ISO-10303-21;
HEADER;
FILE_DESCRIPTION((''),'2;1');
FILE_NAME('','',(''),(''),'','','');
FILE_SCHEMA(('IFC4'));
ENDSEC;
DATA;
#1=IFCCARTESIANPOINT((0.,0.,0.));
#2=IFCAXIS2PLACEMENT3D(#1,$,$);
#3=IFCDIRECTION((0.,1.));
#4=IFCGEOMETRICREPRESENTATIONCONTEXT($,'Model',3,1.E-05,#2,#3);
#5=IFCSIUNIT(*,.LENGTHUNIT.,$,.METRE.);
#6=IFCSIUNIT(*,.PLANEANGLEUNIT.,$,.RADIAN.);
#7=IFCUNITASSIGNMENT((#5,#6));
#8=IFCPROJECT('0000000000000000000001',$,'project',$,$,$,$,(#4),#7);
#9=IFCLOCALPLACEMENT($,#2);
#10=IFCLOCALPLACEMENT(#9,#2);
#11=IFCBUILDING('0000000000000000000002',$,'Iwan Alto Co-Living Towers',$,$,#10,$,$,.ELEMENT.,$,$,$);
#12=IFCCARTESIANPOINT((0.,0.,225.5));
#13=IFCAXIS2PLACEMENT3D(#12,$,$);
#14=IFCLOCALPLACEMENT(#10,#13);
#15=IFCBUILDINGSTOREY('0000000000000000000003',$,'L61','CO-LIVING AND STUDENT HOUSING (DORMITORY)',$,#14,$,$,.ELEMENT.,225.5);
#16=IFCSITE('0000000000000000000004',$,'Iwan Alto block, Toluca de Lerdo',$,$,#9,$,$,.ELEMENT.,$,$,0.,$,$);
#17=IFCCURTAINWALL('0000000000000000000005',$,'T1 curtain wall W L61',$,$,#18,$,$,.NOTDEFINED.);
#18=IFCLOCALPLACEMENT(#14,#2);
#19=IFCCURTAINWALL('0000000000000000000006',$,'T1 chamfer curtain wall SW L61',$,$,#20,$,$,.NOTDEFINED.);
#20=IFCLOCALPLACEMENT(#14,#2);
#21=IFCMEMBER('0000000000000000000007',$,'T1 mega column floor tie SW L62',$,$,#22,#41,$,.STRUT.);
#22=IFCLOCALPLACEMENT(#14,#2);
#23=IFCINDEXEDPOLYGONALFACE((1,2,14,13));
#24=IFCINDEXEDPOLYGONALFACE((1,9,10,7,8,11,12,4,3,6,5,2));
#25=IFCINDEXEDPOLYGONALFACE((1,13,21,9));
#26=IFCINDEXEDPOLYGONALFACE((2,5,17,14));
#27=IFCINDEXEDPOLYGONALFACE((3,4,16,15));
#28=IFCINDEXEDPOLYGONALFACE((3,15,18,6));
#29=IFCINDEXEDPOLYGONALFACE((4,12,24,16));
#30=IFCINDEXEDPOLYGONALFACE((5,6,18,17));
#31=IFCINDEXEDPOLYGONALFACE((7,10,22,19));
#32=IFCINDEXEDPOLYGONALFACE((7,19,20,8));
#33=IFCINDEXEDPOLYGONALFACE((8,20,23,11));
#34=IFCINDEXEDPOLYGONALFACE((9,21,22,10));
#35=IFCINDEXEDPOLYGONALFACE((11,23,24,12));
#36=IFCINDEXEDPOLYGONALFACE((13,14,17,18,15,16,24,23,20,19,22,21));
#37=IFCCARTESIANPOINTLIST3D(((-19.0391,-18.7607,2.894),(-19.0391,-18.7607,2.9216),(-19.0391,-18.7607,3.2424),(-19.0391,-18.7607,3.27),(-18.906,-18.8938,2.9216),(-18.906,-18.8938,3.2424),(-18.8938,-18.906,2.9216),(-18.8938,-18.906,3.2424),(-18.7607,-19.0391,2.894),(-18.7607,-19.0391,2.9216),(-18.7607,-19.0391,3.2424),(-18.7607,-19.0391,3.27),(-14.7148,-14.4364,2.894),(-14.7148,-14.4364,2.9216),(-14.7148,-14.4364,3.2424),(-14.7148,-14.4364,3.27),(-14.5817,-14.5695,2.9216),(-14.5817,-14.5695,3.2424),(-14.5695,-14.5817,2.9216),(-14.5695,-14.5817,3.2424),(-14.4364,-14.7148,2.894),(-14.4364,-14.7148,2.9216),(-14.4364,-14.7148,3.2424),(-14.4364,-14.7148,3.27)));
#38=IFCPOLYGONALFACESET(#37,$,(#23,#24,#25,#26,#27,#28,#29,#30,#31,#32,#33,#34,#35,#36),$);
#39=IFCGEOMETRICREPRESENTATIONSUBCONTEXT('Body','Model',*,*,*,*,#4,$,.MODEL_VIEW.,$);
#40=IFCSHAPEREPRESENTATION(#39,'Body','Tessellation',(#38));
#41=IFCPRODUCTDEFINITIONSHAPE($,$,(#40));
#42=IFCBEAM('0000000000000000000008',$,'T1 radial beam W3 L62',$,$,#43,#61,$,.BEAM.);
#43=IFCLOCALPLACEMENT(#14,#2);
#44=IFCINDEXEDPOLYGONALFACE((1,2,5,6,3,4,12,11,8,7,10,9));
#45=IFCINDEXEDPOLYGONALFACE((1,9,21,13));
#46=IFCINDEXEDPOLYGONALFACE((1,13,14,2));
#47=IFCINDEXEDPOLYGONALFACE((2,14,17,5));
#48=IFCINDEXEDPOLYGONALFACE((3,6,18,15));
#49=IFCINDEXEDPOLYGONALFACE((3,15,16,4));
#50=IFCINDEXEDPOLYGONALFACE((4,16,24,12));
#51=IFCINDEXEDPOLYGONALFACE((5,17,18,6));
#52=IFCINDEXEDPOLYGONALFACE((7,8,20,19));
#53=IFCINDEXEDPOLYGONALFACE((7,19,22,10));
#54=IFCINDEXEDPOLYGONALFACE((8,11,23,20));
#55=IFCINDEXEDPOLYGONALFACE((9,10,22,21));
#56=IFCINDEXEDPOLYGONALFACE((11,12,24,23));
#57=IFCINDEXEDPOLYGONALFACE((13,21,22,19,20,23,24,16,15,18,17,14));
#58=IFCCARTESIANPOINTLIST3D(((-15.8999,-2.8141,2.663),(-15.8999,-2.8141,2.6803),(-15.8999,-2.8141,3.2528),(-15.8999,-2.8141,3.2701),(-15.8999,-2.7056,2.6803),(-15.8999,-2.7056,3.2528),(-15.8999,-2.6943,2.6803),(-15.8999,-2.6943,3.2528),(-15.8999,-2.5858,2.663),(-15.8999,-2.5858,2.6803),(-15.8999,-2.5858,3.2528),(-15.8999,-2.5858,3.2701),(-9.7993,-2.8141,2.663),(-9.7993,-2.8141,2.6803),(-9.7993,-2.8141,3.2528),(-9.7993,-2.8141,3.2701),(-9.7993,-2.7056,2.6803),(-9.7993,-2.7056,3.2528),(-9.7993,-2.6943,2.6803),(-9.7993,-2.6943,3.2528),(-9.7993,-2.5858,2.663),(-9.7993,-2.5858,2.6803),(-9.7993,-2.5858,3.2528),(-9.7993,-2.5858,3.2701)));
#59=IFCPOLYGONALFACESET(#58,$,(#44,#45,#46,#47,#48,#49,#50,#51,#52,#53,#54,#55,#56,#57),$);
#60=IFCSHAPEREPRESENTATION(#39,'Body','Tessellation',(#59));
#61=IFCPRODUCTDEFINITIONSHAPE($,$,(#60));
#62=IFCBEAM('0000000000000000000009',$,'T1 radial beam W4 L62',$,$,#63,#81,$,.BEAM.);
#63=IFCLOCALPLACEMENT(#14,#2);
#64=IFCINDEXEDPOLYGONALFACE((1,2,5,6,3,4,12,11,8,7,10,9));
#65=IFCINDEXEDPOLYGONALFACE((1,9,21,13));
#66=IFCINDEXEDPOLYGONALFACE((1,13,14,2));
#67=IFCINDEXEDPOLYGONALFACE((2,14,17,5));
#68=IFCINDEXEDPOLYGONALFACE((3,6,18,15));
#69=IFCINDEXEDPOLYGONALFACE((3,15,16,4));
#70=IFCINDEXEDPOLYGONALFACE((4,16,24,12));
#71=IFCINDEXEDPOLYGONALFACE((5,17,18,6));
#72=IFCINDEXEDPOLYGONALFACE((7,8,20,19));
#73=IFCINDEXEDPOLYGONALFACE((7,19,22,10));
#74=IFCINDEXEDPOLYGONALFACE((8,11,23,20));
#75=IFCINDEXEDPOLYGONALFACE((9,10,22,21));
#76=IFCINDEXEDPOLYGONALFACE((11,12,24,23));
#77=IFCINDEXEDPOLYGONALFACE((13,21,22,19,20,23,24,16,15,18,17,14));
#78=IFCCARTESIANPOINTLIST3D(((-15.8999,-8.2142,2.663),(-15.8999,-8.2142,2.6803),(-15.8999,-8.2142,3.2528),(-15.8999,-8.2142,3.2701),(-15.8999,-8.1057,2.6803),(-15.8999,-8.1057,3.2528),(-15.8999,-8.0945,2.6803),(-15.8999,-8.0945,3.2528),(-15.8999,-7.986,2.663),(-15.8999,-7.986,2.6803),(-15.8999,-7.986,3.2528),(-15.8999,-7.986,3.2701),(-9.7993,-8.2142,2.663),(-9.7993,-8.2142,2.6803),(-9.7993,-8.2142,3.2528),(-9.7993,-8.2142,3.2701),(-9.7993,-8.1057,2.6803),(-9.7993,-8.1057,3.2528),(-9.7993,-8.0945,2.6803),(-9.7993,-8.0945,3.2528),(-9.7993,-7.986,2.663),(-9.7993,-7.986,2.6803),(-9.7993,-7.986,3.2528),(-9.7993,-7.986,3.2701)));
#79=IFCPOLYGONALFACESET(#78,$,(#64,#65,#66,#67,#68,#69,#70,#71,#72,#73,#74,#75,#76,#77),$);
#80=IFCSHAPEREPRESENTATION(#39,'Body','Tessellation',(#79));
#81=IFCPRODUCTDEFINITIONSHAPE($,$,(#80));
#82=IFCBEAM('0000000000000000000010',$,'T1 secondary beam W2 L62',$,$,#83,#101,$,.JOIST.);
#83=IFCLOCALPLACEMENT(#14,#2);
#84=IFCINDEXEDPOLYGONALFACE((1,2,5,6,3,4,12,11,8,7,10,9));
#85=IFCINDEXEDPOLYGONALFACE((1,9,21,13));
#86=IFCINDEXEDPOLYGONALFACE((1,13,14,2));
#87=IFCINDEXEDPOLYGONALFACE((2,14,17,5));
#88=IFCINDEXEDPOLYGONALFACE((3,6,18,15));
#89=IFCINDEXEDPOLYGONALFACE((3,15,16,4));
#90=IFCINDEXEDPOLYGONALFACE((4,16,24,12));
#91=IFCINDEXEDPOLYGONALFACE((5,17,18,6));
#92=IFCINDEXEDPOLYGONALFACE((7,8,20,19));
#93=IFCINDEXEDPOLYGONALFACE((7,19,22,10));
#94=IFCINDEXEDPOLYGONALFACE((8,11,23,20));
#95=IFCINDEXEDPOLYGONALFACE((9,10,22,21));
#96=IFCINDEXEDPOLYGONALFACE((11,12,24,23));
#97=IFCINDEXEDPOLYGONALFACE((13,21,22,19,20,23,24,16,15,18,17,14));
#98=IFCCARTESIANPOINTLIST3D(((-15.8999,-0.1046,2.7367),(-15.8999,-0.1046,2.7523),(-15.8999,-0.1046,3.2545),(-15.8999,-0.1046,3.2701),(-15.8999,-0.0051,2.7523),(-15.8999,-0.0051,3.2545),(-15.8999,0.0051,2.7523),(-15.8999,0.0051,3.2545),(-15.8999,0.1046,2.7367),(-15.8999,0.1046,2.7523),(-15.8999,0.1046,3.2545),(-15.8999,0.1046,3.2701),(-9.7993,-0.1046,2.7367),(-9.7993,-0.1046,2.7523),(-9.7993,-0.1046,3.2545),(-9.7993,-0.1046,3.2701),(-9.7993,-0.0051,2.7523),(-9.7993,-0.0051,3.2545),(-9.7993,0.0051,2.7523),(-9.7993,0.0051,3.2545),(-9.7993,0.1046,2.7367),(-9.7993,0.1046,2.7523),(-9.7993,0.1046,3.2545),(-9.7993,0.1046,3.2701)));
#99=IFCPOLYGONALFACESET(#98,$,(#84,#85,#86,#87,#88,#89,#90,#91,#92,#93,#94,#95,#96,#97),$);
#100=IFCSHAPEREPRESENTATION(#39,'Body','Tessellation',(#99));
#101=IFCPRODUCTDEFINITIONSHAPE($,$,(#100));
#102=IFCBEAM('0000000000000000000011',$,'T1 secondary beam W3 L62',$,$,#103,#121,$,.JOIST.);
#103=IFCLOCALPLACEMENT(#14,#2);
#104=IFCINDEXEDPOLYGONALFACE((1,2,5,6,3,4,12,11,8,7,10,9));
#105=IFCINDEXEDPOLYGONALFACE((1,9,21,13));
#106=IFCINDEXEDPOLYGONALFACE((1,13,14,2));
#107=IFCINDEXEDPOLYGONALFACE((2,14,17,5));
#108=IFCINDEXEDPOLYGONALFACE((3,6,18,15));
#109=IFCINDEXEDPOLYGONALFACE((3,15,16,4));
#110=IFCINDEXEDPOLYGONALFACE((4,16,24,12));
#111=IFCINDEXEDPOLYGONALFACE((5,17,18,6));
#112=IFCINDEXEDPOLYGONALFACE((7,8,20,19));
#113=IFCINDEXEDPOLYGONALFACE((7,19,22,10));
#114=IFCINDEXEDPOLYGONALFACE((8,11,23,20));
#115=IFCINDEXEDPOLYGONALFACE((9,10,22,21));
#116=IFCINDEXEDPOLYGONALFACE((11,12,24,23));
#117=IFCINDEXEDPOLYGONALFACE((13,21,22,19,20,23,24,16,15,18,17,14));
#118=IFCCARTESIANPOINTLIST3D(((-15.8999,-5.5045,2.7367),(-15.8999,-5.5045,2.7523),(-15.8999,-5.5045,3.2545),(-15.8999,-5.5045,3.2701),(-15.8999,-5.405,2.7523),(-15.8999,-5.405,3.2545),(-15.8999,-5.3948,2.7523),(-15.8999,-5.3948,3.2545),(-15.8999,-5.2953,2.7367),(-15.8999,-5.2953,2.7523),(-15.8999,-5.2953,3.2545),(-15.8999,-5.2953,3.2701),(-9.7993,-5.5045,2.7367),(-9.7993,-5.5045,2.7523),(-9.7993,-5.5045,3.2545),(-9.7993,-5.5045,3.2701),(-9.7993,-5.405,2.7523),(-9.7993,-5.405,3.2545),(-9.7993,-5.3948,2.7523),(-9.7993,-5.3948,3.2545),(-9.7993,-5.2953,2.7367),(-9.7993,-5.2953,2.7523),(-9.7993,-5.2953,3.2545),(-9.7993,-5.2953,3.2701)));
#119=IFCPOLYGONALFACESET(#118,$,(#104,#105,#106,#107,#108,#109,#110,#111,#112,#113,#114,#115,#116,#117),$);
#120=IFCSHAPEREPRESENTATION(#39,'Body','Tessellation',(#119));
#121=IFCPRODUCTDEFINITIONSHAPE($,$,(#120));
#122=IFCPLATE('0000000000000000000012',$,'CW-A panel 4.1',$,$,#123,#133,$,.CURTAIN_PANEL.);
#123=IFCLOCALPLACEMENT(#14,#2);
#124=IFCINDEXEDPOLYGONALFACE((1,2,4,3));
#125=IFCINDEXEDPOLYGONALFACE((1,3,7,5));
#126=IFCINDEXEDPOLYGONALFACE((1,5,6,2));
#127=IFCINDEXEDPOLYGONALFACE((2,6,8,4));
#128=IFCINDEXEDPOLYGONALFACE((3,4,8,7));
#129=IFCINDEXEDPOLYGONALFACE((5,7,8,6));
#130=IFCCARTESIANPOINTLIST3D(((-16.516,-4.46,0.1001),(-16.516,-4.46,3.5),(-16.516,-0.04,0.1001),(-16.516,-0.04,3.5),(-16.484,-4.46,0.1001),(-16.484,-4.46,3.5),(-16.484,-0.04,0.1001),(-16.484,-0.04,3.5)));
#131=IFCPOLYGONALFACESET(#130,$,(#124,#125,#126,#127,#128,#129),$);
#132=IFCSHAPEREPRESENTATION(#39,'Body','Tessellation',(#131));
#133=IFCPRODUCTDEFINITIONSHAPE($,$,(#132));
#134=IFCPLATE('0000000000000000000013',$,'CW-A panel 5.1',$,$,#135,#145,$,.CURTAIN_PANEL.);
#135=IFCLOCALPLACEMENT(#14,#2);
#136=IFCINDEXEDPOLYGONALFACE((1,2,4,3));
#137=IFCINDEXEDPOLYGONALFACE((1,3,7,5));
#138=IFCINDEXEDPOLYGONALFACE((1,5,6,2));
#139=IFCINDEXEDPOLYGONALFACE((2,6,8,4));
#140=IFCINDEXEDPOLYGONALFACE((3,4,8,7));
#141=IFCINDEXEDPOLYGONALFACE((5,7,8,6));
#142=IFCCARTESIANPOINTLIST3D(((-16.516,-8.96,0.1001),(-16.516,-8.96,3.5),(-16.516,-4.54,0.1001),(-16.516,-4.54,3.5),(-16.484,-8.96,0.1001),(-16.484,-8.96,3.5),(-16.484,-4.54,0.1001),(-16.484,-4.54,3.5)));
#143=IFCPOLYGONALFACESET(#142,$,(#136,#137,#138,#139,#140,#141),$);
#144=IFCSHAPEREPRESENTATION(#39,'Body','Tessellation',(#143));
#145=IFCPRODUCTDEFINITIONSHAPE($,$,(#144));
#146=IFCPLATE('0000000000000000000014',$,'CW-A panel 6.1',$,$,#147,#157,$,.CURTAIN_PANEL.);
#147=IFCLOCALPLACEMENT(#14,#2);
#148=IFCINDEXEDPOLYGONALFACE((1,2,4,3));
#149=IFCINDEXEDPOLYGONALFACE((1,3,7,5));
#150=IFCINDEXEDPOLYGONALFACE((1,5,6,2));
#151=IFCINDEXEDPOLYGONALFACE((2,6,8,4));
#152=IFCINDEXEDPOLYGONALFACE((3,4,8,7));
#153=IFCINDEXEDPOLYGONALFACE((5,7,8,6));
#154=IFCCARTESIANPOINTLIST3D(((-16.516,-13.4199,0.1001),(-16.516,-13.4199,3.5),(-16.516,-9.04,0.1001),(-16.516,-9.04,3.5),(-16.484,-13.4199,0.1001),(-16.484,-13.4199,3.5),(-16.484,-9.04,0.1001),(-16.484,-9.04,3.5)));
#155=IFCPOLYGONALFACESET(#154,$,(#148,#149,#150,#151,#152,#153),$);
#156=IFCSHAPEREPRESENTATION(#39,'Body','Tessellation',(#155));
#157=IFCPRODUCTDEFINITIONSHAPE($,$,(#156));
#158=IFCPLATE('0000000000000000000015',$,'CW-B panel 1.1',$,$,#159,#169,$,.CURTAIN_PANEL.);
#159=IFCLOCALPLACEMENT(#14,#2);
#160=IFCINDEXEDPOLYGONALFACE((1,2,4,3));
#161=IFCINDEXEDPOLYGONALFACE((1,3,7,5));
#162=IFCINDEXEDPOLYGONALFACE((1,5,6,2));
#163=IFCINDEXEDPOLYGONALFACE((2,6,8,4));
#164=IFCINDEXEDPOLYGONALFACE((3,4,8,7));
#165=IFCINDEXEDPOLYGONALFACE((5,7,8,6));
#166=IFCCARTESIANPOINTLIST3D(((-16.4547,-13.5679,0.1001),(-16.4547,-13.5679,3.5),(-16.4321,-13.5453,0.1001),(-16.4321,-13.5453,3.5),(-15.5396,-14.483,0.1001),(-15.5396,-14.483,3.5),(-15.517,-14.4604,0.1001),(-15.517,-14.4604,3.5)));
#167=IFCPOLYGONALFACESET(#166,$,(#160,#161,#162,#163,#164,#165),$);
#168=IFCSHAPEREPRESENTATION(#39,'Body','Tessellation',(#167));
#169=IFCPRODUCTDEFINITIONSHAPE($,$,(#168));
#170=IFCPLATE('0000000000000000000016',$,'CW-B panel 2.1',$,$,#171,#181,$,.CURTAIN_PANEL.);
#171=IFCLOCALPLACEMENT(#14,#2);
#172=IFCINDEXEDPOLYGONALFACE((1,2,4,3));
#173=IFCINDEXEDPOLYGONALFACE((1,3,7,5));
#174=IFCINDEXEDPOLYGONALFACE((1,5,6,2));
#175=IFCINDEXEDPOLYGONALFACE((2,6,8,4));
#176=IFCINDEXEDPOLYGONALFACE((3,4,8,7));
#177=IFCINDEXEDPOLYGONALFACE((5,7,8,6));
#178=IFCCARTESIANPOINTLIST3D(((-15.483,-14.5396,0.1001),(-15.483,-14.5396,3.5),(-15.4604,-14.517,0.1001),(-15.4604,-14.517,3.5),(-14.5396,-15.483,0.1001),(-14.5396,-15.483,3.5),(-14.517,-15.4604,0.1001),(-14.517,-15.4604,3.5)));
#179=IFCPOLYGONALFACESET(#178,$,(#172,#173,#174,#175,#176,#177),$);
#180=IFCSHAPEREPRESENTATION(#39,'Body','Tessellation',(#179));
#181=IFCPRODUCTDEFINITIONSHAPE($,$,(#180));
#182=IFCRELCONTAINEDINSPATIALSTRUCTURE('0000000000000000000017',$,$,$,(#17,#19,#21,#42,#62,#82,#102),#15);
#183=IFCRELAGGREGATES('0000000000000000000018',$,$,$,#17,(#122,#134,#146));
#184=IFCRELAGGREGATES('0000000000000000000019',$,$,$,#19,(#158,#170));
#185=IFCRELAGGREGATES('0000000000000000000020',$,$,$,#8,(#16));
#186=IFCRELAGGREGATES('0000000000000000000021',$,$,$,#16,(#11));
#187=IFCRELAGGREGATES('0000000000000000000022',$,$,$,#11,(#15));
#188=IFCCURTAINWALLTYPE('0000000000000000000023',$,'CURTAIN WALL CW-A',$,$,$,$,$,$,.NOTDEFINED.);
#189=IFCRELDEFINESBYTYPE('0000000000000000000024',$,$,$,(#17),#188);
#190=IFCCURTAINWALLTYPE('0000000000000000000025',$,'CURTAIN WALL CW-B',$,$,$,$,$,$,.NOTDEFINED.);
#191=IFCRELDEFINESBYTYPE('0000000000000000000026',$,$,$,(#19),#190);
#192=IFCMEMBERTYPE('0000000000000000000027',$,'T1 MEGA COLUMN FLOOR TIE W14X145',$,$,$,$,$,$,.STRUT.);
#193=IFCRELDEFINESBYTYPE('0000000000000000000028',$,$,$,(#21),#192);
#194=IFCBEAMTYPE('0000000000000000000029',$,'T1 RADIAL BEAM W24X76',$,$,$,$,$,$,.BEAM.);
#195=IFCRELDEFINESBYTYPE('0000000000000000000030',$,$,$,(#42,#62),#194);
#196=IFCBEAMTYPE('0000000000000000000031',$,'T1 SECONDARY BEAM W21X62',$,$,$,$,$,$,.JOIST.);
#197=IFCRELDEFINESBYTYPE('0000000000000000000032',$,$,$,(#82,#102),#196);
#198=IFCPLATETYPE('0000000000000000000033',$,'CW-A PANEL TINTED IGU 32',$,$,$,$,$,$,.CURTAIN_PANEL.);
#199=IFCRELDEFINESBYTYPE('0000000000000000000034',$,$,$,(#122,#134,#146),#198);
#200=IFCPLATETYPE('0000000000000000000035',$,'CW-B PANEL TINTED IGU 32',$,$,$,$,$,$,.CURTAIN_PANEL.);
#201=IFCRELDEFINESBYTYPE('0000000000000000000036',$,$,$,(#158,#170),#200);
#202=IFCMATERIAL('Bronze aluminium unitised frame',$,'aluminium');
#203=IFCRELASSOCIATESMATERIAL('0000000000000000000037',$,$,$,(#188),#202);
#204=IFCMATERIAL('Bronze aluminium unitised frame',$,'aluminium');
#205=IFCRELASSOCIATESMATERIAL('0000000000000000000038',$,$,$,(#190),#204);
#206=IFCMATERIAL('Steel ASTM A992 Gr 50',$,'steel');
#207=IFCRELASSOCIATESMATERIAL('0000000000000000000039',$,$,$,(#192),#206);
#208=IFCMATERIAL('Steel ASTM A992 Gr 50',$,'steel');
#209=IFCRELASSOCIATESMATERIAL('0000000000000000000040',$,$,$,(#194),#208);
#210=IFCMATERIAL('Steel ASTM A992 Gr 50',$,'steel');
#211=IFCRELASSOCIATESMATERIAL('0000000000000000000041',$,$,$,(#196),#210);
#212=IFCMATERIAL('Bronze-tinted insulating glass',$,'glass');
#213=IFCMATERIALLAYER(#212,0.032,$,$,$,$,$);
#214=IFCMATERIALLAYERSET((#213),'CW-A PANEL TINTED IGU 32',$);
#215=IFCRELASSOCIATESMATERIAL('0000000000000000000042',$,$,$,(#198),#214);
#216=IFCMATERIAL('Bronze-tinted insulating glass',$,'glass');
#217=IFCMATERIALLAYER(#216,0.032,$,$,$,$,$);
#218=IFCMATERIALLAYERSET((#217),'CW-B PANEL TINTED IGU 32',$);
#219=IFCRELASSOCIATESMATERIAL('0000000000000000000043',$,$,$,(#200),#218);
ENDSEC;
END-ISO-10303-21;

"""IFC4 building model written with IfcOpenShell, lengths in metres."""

from ifc_helpers import new_model, si_unit, direction, frame, origin, origin_2d, place, context, subcontext, project, spatial, rectangle, i_section, extrude, material, layer, layer_set, material_profile, profile_set, type_object, element, aggregate, save


model = new_model("IFC4")

# Units and contexts
model_context = context("Model", 3, precision=1e-05, world=origin(), true_north=direction((0.0, 1.0)))
body_context = subcontext(model_context, "Body", "Model", "MODEL_VIEW")
ifc_project = project(units=[si_unit("LENGTHUNIT", "METRE"), si_unit("PLANEANGLEUNIT", "RADIAN")], contexts=[model_context])

# Site, building, storey
site_placement = place(None, origin())
site = spatial("IfcSite", under=ifc_project, at=site_placement, Name="Iwan Alto block, Toluca de Lerdo", CompositionType="ELEMENT", RefElevation=0.0)
building_placement = place(site_placement, origin())
building = spatial("IfcBuilding", under=site, at=building_placement, Name="Iwan Alto Co-Living Towers", CompositionType="ELEMENT")
storey_placement = place(building_placement, frame((0.0, 0.0, 225.5)))
storey = spatial("IfcBuildingStorey", under=building, at=storey_placement, Name="L61", Description="CO-LIVING AND STUDENT HOUSING (DORMITORY)", CompositionType="ELEMENT", Elevation=225.5)

# Curtain walls
ifc_material_1 = material(Name="Bronze aluminium unitised frame", Category="aluminium")
curtain_wall_type_1 = type_object("IfcCurtainWallType", Name="CURTAIN WALL CW-A", PredefinedType="NOTDEFINED", material=ifc_material_1)
curtain_wall_1_placement = place(storey_placement, origin())
curtain_wall_1 = element("IfcCurtainWall", 1, at=curtain_wall_1_placement, inside=storey, type_object=curtain_wall_type_1, Name="T1 curtain wall W L61", PredefinedType="NOTDEFINED")
ifc_material_2 = material(Name="Bronze aluminium unitised frame", Category="aluminium")
curtain_wall_type_2 = type_object("IfcCurtainWallType", Name="CURTAIN WALL CW-B", PredefinedType="NOTDEFINED", material=ifc_material_2)
curtain_wall_2_placement = place(storey_placement, origin())
curtain_wall_2 = element("IfcCurtainWall", 2, at=curtain_wall_2_placement, inside=storey, type_object=curtain_wall_type_2, Name="T1 chamfer curtain wall SW L61", PredefinedType="NOTDEFINED")

# Member
ifc_material_3 = material(Name="Steel ASTM A992 Gr 50", Category="steel")
ifc_material_profile_1 = material_profile(ifc_material_3, i_section(OverallWidth=0.3938, OverallDepth=0.376, WebThickness=0.0173, FlangeThickness=0.0276, at=origin_2d()), Name="W14X145")
ifc_profile_set_1 = profile_set([ifc_material_profile_1], Name="Steel ASTM A992 Gr 50")
member_type_1 = type_object("IfcMemberType", Name="T1 MEGA COLUMN FLOOR TIE W14X145", PredefinedType="STRUT", material=ifc_profile_set_1)
member_1_placement = place(storey_placement, frame((-18.8999, -18.8999, 3.082), z_axis=(0.707107, 0.707107, 0.0), x_axis=(-0.707107, 0.707107, 0.0)))
element("IfcMember", 3, at=member_1_placement, inside=storey, type_object=member_type_1, Name="T1 mega column floor tie SW L62", PredefinedType="STRUT", context=body_context, shape_type="SweptSolid", body=[
    extrude(i_section(OverallWidth=0.3938, OverallDepth=0.376, WebThickness=0.0173, FlangeThickness=0.0276, at=origin_2d()), origin(), (0.0, 0.0, 1.0), 6.1155),
])

# Beams
ifc_material_4 = material(Name="Steel ASTM A992 Gr 50", Category="steel")
ifc_material_profile_2 = material_profile(ifc_material_4, i_section(OverallWidth=0.2283, OverallDepth=0.6072, WebThickness=0.0112, FlangeThickness=0.0173, at=origin_2d()), Name="W24X76")
ifc_profile_set_2 = profile_set([ifc_material_profile_2], Name="Steel ASTM A992 Gr 50")
beam_type_1 = type_object("IfcBeamType", Name="T1 RADIAL BEAM W24X76", PredefinedType="BEAM", material=ifc_profile_set_2)
for number, where, z_axis, x_axis, name in (
    (4, (-15.8999, -2.7, 2.9666), (1.0, 0.0, 0.0), (0.0, 1.0, 0.0), "T1 radial beam W3 L62"),
    (5, (-15.8999, -8.1001, 2.9666), (1.0, 0.0, 0.0), (0.0, 1.0, 0.0), "T1 radial beam W4 L62"),
):
    element("IfcBeam", number, at=place(storey_placement, frame(where, z_axis=z_axis, x_axis=x_axis)), inside=storey, type_object=beam_type_1, Name=name, PredefinedType="BEAM", context=body_context, shape_type="SweptSolid", body=[
        extrude(i_section(OverallWidth=0.2283, OverallDepth=0.6072, WebThickness=0.0112, FlangeThickness=0.0173, at=origin_2d()), origin(), (0.0, 0.0, 1.0), 6.1006),
    ])
ifc_material_5 = material(Name="Steel ASTM A992 Gr 50", Category="steel")
ifc_material_profile_3 = material_profile(ifc_material_5, i_section(OverallWidth=0.2092, OverallDepth=0.5334, WebThickness=0.0103, FlangeThickness=0.0156, at=origin_2d()), Name="W21X62")
ifc_profile_set_3 = profile_set([ifc_material_profile_3], Name="Steel ASTM A992 Gr 50")
beam_type_2 = type_object("IfcBeamType", Name="T1 SECONDARY BEAM W21X62", PredefinedType="JOIST", material=ifc_profile_set_3)
for number, where, z_axis, x_axis, name in (
    (6, (-15.8999, 0.0, 3.0034), (1.0, 0.0, 0.0), (0.0, 1.0, 0.0), "T1 secondary beam W2 L62"),
    (7, (-15.8999, -5.3999, 3.0034), (1.0, 0.0, 0.0), (0.0, 1.0, 0.0), "T1 secondary beam W3 L62"),
):
    element("IfcBeam", number, at=place(storey_placement, frame(where, z_axis=z_axis, x_axis=x_axis)), inside=storey, type_object=beam_type_2, Name=name, PredefinedType="JOIST", context=body_context, shape_type="SweptSolid", body=[
        extrude(i_section(OverallWidth=0.2092, OverallDepth=0.5334, WebThickness=0.0103, FlangeThickness=0.0156, at=origin_2d()), origin(), (0.0, 0.0, 1.0), 6.1006),
    ])

# Plates
ifc_material_6 = material(Name="Bronze-tinted insulating glass", Category="glass")
ifc_layer_1 = layer(ifc_material_6, 0.032)
ifc_layer_set_1 = layer_set([ifc_layer_1], Name="CW-A PANEL TINTED IGU 32")
plate_type_1 = type_object("IfcPlateType", Name="CW-A PANEL TINTED IGU 32", PredefinedType="CURTAIN_PANEL", material=ifc_layer_set_1)
plate_1_placement = place(storey_placement, frame((-16.5, -2.25, 0.1001), z_axis=(0.0, 0.0, 1.0), x_axis=(0.0, -1.0, 0.0)))
plate_1 = element("IfcPlate", 8, at=plate_1_placement, type_object=plate_type_1, Name="CW-A panel 4.1", PredefinedType="CURTAIN_PANEL", context=body_context, shape_type="SweptSolid", body=[
    extrude(rectangle(XDim=4.4199, YDim=0.032, at=origin_2d()), origin(), (0.0, 0.0, 1.0), 3.3999),
])
plate_2_placement = place(storey_placement, frame((-16.5, -6.75, 0.1001), z_axis=(0.0, 0.0, 1.0), x_axis=(0.0, -1.0, 0.0)))
plate_2 = element("IfcPlate", 9, at=plate_2_placement, type_object=plate_type_1, Name="CW-A panel 5.1", PredefinedType="CURTAIN_PANEL", context=body_context, shape_type="SweptSolid", body=[
    extrude(rectangle(XDim=4.4199, YDim=0.032, at=origin_2d()), origin(), (0.0, 0.0, 1.0), 3.3999),
])
plate_3_placement = place(storey_placement, frame((-16.5, -11.23, 0.1001), z_axis=(0.0, 0.0, 1.0), x_axis=(0.0, -1.0, 0.0)))
plate_3 = element("IfcPlate", 10, at=plate_3_placement, type_object=plate_type_1, Name="CW-A panel 6.1", PredefinedType="CURTAIN_PANEL", context=body_context, shape_type="SweptSolid", body=[
    extrude(rectangle(XDim=4.3799, YDim=0.032, at=origin_2d()), origin(), (0.0, 0.0, 1.0), 3.3999),
])
aggregate(curtain_wall_1, [plate_1, plate_2, plate_3])
ifc_material_7 = material(Name="Bronze-tinted insulating glass", Category="glass")
ifc_layer_2 = layer(ifc_material_7, 0.032)
ifc_layer_set_2 = layer_set([ifc_layer_2], Name="CW-B PANEL TINTED IGU 32")
plate_type_2 = type_object("IfcPlateType", Name="CW-B PANEL TINTED IGU 32", PredefinedType="CURTAIN_PANEL", material=ifc_layer_set_2)
plate_4_placement = place(storey_placement, frame((-15.9858, -14.0142, 0.1001), z_axis=(0.0, 0.0, 1.0), x_axis=(0.707107, -0.707107, 0.0)))
plate_4 = element("IfcPlate", 11, at=plate_4_placement, type_object=plate_type_2, Name="CW-B panel 1.1", PredefinedType="CURTAIN_PANEL", context=body_context, shape_type="SweptSolid", body=[
    extrude(rectangle(XDim=1.2942, YDim=0.032, at=origin_2d()), origin(), (0.0, 0.0, 1.0), 3.3999),
])
plate_5_placement = place(storey_placement, frame((-15.0, -15.0, 0.1001), z_axis=(0.0, 0.0, 1.0), x_axis=(0.707107, -0.707107, 0.0)))
plate_5 = element("IfcPlate", 12, at=plate_5_placement, type_object=plate_type_2, Name="CW-B panel 2.1", PredefinedType="CURTAIN_PANEL", context=body_context, shape_type="SweptSolid", body=[
    extrude(rectangle(XDim=1.3342, YDim=0.032, at=origin_2d()), origin(), (0.0, 0.0, 1.0), 3.3999),
])
aggregate(curtain_wall_2, [plate_4, plate_5])

save(model, "model.ifc")
